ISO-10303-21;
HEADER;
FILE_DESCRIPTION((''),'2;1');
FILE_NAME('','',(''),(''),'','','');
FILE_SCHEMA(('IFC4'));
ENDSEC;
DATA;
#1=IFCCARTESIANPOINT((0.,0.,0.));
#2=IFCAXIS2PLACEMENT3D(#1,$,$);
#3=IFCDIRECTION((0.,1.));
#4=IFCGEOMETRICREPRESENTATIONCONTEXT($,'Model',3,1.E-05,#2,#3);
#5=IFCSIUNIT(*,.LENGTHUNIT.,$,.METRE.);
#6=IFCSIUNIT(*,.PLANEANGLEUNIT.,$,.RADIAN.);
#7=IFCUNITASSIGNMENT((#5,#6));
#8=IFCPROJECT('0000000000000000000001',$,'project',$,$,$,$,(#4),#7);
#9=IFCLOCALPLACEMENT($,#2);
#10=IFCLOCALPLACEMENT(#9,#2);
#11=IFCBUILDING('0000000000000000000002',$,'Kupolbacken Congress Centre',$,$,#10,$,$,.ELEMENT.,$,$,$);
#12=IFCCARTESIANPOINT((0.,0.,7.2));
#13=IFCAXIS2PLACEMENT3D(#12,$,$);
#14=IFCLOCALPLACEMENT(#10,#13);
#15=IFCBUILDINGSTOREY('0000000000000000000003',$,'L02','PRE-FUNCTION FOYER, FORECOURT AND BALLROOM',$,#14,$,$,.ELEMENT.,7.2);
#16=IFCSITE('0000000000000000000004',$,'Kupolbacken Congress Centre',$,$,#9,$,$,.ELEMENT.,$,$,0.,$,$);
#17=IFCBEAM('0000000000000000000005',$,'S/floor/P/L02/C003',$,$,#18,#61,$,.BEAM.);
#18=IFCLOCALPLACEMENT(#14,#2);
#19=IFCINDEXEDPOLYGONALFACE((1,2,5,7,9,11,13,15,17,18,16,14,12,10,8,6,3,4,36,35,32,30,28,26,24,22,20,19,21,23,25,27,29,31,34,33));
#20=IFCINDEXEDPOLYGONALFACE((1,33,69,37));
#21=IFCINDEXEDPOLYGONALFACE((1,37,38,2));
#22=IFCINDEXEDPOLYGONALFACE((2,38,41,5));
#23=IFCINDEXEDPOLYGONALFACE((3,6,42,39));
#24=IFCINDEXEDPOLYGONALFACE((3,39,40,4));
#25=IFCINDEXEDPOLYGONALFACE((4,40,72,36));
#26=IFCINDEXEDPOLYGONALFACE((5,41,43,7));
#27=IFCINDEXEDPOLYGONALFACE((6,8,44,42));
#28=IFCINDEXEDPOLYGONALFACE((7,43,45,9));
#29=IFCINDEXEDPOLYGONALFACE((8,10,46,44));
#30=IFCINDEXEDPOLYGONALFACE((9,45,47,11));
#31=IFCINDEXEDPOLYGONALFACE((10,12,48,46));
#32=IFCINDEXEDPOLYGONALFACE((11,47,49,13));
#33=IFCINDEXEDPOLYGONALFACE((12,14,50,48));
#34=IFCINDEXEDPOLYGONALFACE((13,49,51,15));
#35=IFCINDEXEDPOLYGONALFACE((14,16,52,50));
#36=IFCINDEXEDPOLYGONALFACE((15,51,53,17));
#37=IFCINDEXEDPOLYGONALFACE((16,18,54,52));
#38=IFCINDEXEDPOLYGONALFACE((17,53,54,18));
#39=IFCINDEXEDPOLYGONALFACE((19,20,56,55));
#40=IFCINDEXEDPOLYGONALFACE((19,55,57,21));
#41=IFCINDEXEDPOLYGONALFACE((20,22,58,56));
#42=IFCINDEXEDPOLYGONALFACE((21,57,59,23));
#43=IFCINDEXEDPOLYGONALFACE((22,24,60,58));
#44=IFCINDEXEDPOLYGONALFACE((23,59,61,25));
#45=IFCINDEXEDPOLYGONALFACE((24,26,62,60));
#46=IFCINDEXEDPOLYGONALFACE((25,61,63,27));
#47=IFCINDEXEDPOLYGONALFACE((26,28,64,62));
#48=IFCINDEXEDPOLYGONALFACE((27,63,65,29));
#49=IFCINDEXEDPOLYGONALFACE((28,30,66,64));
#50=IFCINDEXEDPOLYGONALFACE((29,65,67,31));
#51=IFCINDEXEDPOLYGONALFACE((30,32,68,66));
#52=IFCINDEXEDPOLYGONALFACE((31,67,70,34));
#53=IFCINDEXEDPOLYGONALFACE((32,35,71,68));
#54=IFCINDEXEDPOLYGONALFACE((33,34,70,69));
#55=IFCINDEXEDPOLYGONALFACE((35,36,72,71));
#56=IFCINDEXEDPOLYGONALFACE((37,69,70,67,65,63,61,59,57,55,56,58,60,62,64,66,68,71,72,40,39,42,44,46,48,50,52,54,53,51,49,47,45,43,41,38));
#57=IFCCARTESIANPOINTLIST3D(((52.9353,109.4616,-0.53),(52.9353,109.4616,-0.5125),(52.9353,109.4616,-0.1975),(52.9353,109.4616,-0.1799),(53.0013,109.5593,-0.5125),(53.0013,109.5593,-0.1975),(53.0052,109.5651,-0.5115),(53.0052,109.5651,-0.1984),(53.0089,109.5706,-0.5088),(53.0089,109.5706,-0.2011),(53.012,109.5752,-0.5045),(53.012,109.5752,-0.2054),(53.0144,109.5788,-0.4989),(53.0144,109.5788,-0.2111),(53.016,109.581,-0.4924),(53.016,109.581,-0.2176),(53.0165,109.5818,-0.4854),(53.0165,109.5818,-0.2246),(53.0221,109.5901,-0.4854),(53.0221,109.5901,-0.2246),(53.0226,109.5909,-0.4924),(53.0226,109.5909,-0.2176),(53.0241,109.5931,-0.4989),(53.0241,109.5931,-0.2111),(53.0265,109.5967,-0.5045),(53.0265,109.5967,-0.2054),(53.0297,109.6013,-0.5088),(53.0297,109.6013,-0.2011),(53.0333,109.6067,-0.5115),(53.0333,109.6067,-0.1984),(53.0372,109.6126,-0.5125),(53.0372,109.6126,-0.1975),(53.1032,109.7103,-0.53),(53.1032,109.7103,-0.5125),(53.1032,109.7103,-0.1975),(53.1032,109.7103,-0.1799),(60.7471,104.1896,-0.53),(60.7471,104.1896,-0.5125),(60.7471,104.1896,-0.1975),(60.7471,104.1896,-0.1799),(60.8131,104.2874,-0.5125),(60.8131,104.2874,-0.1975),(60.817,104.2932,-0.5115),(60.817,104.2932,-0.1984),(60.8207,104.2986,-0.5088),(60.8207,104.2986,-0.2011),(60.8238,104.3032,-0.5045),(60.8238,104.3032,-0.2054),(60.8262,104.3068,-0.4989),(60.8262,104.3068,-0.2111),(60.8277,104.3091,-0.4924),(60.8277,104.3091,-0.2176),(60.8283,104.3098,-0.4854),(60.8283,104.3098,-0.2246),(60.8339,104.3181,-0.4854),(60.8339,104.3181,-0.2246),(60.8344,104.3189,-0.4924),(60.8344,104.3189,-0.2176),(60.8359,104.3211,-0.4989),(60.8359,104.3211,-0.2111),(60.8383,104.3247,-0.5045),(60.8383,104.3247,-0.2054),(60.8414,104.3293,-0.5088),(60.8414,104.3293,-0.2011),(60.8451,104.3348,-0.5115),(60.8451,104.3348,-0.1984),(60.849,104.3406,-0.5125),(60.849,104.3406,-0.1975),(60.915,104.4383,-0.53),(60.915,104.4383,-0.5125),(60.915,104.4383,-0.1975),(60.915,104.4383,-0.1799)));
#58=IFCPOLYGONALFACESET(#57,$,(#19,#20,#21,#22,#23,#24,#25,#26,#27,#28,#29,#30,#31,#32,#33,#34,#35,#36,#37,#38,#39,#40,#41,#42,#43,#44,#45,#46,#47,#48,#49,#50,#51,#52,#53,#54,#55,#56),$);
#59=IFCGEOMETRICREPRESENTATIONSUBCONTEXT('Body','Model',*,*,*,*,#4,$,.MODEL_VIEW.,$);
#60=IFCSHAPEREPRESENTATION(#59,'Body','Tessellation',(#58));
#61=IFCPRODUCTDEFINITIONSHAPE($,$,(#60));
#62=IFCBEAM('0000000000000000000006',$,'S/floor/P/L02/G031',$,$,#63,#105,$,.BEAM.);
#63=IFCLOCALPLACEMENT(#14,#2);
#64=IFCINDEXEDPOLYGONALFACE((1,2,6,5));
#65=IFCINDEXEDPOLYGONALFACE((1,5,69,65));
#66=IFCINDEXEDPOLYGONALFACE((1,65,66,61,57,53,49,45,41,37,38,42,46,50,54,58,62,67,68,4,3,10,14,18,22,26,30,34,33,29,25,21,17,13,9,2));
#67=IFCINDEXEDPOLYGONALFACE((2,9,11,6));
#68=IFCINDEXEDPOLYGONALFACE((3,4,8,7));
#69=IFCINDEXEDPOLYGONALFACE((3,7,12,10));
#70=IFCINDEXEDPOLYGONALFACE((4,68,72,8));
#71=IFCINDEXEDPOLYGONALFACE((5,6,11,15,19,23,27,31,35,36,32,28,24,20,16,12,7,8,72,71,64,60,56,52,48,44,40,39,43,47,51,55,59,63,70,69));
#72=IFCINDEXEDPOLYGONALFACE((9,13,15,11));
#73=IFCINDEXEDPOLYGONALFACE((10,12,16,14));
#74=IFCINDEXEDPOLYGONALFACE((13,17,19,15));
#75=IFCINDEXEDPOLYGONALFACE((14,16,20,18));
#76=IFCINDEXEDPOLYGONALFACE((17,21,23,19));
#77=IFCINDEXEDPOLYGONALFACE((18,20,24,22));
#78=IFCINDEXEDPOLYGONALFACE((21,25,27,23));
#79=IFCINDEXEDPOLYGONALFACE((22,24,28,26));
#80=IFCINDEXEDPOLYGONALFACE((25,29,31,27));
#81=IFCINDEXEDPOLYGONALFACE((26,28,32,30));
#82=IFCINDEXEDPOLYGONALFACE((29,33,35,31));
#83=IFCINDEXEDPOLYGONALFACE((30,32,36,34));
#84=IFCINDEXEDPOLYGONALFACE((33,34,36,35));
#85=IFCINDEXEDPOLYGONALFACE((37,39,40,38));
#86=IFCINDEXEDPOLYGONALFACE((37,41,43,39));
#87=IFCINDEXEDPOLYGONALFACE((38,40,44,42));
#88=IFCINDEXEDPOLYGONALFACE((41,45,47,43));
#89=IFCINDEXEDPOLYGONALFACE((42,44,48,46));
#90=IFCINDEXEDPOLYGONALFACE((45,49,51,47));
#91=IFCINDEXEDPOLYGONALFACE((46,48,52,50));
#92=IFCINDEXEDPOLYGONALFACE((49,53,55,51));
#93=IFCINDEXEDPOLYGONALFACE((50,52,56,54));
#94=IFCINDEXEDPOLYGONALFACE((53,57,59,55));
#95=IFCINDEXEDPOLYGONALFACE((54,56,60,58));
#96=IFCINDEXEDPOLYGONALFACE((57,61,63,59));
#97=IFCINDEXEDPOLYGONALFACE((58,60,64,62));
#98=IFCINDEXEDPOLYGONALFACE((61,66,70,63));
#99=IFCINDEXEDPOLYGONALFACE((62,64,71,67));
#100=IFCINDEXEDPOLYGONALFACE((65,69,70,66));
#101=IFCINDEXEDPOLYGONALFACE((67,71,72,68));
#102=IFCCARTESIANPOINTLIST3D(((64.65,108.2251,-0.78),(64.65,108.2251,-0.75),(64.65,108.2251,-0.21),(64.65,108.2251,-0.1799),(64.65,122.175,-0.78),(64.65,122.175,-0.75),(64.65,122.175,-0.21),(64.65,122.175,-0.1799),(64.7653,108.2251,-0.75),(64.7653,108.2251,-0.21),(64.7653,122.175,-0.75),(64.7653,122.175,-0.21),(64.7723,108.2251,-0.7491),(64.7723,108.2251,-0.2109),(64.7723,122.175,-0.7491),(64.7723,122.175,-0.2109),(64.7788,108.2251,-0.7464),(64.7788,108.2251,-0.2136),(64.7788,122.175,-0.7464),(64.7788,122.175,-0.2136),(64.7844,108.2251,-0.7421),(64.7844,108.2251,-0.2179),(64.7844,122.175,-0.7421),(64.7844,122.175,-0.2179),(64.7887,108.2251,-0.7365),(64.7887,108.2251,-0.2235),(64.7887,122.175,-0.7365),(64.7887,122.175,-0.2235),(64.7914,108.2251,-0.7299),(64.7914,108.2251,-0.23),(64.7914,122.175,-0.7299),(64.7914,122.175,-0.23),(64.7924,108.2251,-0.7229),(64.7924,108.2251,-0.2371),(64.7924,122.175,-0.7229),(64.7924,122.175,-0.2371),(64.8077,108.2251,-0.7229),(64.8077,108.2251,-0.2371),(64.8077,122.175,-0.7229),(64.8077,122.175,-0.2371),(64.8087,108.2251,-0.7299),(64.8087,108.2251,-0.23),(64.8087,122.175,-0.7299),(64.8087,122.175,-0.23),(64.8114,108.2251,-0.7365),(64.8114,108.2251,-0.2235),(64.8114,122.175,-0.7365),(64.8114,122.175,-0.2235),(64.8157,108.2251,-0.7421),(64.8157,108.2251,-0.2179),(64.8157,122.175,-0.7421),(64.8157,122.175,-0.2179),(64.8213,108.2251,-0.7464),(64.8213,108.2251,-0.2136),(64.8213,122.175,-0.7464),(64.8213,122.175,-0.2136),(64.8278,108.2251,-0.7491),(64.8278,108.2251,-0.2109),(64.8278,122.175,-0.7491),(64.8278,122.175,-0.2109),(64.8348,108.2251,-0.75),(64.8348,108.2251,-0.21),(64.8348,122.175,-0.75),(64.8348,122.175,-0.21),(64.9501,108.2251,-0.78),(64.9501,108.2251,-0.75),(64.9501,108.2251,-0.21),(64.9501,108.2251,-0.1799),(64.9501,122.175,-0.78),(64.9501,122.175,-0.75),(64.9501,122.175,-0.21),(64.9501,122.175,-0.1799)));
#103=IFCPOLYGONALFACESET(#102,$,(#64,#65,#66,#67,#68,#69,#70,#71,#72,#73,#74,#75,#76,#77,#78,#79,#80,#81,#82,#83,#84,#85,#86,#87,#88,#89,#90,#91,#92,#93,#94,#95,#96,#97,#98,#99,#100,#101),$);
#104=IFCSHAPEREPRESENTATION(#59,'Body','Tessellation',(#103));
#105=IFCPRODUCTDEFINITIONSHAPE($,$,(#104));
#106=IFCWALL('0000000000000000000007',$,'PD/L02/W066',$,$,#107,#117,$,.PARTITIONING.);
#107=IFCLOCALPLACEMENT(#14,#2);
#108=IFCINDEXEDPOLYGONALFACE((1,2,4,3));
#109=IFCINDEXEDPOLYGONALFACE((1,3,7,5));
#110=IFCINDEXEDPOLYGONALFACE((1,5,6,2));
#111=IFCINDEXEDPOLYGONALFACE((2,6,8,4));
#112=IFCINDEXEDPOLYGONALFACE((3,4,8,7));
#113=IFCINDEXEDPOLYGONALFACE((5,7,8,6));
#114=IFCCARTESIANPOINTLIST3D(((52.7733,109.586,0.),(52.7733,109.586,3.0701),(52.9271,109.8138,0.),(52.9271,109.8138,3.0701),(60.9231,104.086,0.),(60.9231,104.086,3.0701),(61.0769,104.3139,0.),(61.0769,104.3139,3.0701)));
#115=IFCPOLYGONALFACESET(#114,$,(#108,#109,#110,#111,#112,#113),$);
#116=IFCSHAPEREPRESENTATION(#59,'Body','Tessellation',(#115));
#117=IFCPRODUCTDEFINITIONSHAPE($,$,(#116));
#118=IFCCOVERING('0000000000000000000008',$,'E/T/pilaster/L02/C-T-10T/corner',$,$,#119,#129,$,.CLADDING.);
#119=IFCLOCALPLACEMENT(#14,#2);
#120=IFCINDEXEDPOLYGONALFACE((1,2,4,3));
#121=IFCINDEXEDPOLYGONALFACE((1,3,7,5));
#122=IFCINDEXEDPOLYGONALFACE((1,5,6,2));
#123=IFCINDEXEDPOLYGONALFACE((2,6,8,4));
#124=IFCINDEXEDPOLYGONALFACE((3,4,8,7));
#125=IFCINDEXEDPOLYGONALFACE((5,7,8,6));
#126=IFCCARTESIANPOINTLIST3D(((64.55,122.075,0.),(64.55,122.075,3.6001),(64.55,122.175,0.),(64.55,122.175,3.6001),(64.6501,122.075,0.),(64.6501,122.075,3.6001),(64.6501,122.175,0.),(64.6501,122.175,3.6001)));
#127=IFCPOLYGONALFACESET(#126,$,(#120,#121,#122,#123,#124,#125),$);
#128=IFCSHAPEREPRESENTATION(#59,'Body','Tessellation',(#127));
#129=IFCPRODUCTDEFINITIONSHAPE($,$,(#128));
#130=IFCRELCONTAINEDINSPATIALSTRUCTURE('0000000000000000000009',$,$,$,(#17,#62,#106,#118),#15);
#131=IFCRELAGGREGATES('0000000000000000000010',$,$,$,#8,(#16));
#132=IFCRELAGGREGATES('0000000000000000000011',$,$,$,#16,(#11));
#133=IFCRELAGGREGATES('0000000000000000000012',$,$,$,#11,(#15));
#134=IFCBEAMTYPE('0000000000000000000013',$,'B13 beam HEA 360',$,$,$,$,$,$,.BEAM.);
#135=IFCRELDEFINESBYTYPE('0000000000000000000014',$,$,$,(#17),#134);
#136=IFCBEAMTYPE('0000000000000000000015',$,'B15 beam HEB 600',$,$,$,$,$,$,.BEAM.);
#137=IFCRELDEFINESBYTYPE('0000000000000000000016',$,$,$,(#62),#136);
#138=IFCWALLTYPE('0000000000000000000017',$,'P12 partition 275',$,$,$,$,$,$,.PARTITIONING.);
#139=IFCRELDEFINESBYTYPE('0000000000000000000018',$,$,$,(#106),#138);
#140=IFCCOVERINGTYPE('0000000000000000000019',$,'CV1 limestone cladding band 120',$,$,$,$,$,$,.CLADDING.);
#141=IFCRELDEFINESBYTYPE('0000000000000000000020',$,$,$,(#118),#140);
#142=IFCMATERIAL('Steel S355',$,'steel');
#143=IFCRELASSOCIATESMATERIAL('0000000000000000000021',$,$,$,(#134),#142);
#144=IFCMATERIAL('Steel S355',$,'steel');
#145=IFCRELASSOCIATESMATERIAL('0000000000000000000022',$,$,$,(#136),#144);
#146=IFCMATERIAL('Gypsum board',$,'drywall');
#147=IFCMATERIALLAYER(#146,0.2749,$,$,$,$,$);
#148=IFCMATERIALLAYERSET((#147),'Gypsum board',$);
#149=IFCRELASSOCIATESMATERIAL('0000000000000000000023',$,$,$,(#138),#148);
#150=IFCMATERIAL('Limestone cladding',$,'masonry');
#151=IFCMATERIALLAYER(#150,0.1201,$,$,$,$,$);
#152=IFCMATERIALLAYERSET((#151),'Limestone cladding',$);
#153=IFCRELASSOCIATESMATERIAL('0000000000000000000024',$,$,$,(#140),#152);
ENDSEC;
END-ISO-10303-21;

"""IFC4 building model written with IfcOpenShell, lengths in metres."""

from ifc_helpers import new_model, si_unit, direction, frame, frame_2d, origin, origin_2d, place, context, subcontext, project, spatial, rectangle, i_section, extrude, material, layer, layer_set, material_profile, profile_set, type_object, element, save


model = new_model("IFC4")

# Units and contexts
model_context = context("Model", 3, precision=1e-05, world=origin(), true_north=direction((0.0, 1.0)))
body_context = subcontext(model_context, "Body", "Model", "MODEL_VIEW")
ifc_project = project(units=[si_unit("LENGTHUNIT", "METRE"), si_unit("PLANEANGLEUNIT", "RADIAN")], contexts=[model_context])

# Site, building, storey
site_placement = place(None, origin())
site = spatial("IfcSite", under=ifc_project, at=site_placement, Name="Kupolbacken Congress Centre", CompositionType="ELEMENT", RefElevation=0.0)
building_placement = place(site_placement, origin())
building = spatial("IfcBuilding", under=site, at=building_placement, Name="Kupolbacken Congress Centre", CompositionType="ELEMENT")
storey_placement = place(building_placement, frame((0.0, 0.0, 7.2)))
storey = spatial("IfcBuildingStorey", under=building, at=storey_placement, Name="L02", Description="PRE-FUNCTION FOYER, FORECOURT AND BALLROOM", CompositionType="ELEMENT", Elevation=7.2)

# Beams
ifc_material_1 = material(Name="Steel S355", Category="steel")
ifc_material_profile_1 = material_profile(ifc_material_1, i_section(OverallWidth=0.3, OverallDepth=0.3501, WebThickness=0.01, FlangeThickness=0.0176, FilletRadius=0.0271, at=origin_2d()), Name="HEA 360")
ifc_profile_set_1 = profile_set([ifc_material_profile_1], Name="Steel S355")
beam_type_1 = type_object("IfcBeamType", Name="B13 beam HEA 360", PredefinedType="BEAM", material=ifc_profile_set_1)
beam_1_placement = place(storey_placement, frame((60.8311, 104.314, -0.355), z_axis=(-0.828896, 0.559402, 0.0), x_axis=(-0.559402, -0.828896, 0.0)))
element("IfcBeam", 1, at=beam_1_placement, inside=storey, type_object=beam_type_1, Name="S/floor/P/L02/C003", PredefinedType="BEAM", context=body_context, shape_type="SweptSolid", body=[
    extrude(i_section(OverallWidth=0.3, OverallDepth=0.3501, WebThickness=0.01, FlangeThickness=0.0176, FilletRadius=0.0271, at=origin_2d()), origin(), (0.0, 0.0, 1.0), 9.4243),
])
ifc_material_2 = material(Name="Steel S355", Category="steel")
ifc_material_profile_2 = material_profile(ifc_material_2, i_section(OverallWidth=0.3, OverallDepth=0.6001, WebThickness=0.0154, FlangeThickness=0.03, FilletRadius=0.0271, at=origin_2d()), Name="HEB 600")
ifc_profile_set_2 = profile_set([ifc_material_profile_2], Name="Steel S355")
beam_type_2 = type_object("IfcBeamType", Name="B15 beam HEB 600", PredefinedType="BEAM", material=ifc_profile_set_2)
beam_2_placement = place(storey_placement, frame((64.8, 108.2251, -0.48), z_axis=(0.0, 1.0, 0.0), x_axis=(-1.0, 0.0, 0.0)))
element("IfcBeam", 2, at=beam_2_placement, inside=storey, type_object=beam_type_2, Name="S/floor/P/L02/G031", PredefinedType="BEAM", context=body_context, shape_type="SweptSolid", body=[
    extrude(i_section(OverallWidth=0.3, OverallDepth=0.6001, WebThickness=0.0154, FlangeThickness=0.03, FilletRadius=0.0271, at=origin_2d()), origin(), (0.0, 0.0, 1.0), 13.95),
])

# Shared definitions
ifc_material_3 = material(Name="Gypsum board", Category="drywall")
ifc_layer_1 = layer(ifc_material_3, 0.2749)
ifc_layer_set_1 = layer_set([ifc_layer_1], Name="Gypsum board")
wall_type = type_object("IfcWallType", Name="P12 partition 275", PredefinedType="PARTITIONING", material=ifc_layer_set_1)

# Wall
wall_1_placement = place(storey_placement, frame((61.0, 104.2, 0.0), z_axis=(0.0, 0.0, 1.0), x_axis=(-0.828905, 0.55939, 0.0)))
element("IfcWall", 3, at=wall_1_placement, inside=storey, type_object=wall_type, Name="PD/L02/W066", PredefinedType="PARTITIONING", context=body_context, shape_type="SweptSolid", body=[
    extrude(rectangle(XDim=9.832, YDim=0.2749, at=frame_2d((4.916, 0.0))), origin(), (0.0, 0.0, 1.0), 3.0701),
])

# Covering
ifc_material_4 = material(Name="Limestone cladding", Category="masonry")
ifc_layer_2 = layer(ifc_material_4, 0.1201)
ifc_layer_set_2 = layer_set([ifc_layer_2], Name="Limestone cladding")
covering_type = type_object("IfcCoveringType", Name="CV1 limestone cladding band 120", PredefinedType="CLADDING", material=ifc_layer_set_2)
covering_placement = place(storey_placement, frame((64.6001, 122.125, 0.0), z_axis=(0.0, 0.0, 1.0), x_axis=(1.0, 0.0, 0.0)))
element("IfcCovering", 4, at=covering_placement, inside=storey, type_object=covering_type, Name="E/T/pilaster/L02/C-T-10T/corner", PredefinedType="CLADDING", context=body_context, shape_type="SweptSolid", body=[
    extrude(rectangle(XDim=0.1001, YDim=0.1001, at=origin_2d()), origin(), (0.0, 0.0, 1.0), 3.6001),
])

save(model, "model.ifc")
